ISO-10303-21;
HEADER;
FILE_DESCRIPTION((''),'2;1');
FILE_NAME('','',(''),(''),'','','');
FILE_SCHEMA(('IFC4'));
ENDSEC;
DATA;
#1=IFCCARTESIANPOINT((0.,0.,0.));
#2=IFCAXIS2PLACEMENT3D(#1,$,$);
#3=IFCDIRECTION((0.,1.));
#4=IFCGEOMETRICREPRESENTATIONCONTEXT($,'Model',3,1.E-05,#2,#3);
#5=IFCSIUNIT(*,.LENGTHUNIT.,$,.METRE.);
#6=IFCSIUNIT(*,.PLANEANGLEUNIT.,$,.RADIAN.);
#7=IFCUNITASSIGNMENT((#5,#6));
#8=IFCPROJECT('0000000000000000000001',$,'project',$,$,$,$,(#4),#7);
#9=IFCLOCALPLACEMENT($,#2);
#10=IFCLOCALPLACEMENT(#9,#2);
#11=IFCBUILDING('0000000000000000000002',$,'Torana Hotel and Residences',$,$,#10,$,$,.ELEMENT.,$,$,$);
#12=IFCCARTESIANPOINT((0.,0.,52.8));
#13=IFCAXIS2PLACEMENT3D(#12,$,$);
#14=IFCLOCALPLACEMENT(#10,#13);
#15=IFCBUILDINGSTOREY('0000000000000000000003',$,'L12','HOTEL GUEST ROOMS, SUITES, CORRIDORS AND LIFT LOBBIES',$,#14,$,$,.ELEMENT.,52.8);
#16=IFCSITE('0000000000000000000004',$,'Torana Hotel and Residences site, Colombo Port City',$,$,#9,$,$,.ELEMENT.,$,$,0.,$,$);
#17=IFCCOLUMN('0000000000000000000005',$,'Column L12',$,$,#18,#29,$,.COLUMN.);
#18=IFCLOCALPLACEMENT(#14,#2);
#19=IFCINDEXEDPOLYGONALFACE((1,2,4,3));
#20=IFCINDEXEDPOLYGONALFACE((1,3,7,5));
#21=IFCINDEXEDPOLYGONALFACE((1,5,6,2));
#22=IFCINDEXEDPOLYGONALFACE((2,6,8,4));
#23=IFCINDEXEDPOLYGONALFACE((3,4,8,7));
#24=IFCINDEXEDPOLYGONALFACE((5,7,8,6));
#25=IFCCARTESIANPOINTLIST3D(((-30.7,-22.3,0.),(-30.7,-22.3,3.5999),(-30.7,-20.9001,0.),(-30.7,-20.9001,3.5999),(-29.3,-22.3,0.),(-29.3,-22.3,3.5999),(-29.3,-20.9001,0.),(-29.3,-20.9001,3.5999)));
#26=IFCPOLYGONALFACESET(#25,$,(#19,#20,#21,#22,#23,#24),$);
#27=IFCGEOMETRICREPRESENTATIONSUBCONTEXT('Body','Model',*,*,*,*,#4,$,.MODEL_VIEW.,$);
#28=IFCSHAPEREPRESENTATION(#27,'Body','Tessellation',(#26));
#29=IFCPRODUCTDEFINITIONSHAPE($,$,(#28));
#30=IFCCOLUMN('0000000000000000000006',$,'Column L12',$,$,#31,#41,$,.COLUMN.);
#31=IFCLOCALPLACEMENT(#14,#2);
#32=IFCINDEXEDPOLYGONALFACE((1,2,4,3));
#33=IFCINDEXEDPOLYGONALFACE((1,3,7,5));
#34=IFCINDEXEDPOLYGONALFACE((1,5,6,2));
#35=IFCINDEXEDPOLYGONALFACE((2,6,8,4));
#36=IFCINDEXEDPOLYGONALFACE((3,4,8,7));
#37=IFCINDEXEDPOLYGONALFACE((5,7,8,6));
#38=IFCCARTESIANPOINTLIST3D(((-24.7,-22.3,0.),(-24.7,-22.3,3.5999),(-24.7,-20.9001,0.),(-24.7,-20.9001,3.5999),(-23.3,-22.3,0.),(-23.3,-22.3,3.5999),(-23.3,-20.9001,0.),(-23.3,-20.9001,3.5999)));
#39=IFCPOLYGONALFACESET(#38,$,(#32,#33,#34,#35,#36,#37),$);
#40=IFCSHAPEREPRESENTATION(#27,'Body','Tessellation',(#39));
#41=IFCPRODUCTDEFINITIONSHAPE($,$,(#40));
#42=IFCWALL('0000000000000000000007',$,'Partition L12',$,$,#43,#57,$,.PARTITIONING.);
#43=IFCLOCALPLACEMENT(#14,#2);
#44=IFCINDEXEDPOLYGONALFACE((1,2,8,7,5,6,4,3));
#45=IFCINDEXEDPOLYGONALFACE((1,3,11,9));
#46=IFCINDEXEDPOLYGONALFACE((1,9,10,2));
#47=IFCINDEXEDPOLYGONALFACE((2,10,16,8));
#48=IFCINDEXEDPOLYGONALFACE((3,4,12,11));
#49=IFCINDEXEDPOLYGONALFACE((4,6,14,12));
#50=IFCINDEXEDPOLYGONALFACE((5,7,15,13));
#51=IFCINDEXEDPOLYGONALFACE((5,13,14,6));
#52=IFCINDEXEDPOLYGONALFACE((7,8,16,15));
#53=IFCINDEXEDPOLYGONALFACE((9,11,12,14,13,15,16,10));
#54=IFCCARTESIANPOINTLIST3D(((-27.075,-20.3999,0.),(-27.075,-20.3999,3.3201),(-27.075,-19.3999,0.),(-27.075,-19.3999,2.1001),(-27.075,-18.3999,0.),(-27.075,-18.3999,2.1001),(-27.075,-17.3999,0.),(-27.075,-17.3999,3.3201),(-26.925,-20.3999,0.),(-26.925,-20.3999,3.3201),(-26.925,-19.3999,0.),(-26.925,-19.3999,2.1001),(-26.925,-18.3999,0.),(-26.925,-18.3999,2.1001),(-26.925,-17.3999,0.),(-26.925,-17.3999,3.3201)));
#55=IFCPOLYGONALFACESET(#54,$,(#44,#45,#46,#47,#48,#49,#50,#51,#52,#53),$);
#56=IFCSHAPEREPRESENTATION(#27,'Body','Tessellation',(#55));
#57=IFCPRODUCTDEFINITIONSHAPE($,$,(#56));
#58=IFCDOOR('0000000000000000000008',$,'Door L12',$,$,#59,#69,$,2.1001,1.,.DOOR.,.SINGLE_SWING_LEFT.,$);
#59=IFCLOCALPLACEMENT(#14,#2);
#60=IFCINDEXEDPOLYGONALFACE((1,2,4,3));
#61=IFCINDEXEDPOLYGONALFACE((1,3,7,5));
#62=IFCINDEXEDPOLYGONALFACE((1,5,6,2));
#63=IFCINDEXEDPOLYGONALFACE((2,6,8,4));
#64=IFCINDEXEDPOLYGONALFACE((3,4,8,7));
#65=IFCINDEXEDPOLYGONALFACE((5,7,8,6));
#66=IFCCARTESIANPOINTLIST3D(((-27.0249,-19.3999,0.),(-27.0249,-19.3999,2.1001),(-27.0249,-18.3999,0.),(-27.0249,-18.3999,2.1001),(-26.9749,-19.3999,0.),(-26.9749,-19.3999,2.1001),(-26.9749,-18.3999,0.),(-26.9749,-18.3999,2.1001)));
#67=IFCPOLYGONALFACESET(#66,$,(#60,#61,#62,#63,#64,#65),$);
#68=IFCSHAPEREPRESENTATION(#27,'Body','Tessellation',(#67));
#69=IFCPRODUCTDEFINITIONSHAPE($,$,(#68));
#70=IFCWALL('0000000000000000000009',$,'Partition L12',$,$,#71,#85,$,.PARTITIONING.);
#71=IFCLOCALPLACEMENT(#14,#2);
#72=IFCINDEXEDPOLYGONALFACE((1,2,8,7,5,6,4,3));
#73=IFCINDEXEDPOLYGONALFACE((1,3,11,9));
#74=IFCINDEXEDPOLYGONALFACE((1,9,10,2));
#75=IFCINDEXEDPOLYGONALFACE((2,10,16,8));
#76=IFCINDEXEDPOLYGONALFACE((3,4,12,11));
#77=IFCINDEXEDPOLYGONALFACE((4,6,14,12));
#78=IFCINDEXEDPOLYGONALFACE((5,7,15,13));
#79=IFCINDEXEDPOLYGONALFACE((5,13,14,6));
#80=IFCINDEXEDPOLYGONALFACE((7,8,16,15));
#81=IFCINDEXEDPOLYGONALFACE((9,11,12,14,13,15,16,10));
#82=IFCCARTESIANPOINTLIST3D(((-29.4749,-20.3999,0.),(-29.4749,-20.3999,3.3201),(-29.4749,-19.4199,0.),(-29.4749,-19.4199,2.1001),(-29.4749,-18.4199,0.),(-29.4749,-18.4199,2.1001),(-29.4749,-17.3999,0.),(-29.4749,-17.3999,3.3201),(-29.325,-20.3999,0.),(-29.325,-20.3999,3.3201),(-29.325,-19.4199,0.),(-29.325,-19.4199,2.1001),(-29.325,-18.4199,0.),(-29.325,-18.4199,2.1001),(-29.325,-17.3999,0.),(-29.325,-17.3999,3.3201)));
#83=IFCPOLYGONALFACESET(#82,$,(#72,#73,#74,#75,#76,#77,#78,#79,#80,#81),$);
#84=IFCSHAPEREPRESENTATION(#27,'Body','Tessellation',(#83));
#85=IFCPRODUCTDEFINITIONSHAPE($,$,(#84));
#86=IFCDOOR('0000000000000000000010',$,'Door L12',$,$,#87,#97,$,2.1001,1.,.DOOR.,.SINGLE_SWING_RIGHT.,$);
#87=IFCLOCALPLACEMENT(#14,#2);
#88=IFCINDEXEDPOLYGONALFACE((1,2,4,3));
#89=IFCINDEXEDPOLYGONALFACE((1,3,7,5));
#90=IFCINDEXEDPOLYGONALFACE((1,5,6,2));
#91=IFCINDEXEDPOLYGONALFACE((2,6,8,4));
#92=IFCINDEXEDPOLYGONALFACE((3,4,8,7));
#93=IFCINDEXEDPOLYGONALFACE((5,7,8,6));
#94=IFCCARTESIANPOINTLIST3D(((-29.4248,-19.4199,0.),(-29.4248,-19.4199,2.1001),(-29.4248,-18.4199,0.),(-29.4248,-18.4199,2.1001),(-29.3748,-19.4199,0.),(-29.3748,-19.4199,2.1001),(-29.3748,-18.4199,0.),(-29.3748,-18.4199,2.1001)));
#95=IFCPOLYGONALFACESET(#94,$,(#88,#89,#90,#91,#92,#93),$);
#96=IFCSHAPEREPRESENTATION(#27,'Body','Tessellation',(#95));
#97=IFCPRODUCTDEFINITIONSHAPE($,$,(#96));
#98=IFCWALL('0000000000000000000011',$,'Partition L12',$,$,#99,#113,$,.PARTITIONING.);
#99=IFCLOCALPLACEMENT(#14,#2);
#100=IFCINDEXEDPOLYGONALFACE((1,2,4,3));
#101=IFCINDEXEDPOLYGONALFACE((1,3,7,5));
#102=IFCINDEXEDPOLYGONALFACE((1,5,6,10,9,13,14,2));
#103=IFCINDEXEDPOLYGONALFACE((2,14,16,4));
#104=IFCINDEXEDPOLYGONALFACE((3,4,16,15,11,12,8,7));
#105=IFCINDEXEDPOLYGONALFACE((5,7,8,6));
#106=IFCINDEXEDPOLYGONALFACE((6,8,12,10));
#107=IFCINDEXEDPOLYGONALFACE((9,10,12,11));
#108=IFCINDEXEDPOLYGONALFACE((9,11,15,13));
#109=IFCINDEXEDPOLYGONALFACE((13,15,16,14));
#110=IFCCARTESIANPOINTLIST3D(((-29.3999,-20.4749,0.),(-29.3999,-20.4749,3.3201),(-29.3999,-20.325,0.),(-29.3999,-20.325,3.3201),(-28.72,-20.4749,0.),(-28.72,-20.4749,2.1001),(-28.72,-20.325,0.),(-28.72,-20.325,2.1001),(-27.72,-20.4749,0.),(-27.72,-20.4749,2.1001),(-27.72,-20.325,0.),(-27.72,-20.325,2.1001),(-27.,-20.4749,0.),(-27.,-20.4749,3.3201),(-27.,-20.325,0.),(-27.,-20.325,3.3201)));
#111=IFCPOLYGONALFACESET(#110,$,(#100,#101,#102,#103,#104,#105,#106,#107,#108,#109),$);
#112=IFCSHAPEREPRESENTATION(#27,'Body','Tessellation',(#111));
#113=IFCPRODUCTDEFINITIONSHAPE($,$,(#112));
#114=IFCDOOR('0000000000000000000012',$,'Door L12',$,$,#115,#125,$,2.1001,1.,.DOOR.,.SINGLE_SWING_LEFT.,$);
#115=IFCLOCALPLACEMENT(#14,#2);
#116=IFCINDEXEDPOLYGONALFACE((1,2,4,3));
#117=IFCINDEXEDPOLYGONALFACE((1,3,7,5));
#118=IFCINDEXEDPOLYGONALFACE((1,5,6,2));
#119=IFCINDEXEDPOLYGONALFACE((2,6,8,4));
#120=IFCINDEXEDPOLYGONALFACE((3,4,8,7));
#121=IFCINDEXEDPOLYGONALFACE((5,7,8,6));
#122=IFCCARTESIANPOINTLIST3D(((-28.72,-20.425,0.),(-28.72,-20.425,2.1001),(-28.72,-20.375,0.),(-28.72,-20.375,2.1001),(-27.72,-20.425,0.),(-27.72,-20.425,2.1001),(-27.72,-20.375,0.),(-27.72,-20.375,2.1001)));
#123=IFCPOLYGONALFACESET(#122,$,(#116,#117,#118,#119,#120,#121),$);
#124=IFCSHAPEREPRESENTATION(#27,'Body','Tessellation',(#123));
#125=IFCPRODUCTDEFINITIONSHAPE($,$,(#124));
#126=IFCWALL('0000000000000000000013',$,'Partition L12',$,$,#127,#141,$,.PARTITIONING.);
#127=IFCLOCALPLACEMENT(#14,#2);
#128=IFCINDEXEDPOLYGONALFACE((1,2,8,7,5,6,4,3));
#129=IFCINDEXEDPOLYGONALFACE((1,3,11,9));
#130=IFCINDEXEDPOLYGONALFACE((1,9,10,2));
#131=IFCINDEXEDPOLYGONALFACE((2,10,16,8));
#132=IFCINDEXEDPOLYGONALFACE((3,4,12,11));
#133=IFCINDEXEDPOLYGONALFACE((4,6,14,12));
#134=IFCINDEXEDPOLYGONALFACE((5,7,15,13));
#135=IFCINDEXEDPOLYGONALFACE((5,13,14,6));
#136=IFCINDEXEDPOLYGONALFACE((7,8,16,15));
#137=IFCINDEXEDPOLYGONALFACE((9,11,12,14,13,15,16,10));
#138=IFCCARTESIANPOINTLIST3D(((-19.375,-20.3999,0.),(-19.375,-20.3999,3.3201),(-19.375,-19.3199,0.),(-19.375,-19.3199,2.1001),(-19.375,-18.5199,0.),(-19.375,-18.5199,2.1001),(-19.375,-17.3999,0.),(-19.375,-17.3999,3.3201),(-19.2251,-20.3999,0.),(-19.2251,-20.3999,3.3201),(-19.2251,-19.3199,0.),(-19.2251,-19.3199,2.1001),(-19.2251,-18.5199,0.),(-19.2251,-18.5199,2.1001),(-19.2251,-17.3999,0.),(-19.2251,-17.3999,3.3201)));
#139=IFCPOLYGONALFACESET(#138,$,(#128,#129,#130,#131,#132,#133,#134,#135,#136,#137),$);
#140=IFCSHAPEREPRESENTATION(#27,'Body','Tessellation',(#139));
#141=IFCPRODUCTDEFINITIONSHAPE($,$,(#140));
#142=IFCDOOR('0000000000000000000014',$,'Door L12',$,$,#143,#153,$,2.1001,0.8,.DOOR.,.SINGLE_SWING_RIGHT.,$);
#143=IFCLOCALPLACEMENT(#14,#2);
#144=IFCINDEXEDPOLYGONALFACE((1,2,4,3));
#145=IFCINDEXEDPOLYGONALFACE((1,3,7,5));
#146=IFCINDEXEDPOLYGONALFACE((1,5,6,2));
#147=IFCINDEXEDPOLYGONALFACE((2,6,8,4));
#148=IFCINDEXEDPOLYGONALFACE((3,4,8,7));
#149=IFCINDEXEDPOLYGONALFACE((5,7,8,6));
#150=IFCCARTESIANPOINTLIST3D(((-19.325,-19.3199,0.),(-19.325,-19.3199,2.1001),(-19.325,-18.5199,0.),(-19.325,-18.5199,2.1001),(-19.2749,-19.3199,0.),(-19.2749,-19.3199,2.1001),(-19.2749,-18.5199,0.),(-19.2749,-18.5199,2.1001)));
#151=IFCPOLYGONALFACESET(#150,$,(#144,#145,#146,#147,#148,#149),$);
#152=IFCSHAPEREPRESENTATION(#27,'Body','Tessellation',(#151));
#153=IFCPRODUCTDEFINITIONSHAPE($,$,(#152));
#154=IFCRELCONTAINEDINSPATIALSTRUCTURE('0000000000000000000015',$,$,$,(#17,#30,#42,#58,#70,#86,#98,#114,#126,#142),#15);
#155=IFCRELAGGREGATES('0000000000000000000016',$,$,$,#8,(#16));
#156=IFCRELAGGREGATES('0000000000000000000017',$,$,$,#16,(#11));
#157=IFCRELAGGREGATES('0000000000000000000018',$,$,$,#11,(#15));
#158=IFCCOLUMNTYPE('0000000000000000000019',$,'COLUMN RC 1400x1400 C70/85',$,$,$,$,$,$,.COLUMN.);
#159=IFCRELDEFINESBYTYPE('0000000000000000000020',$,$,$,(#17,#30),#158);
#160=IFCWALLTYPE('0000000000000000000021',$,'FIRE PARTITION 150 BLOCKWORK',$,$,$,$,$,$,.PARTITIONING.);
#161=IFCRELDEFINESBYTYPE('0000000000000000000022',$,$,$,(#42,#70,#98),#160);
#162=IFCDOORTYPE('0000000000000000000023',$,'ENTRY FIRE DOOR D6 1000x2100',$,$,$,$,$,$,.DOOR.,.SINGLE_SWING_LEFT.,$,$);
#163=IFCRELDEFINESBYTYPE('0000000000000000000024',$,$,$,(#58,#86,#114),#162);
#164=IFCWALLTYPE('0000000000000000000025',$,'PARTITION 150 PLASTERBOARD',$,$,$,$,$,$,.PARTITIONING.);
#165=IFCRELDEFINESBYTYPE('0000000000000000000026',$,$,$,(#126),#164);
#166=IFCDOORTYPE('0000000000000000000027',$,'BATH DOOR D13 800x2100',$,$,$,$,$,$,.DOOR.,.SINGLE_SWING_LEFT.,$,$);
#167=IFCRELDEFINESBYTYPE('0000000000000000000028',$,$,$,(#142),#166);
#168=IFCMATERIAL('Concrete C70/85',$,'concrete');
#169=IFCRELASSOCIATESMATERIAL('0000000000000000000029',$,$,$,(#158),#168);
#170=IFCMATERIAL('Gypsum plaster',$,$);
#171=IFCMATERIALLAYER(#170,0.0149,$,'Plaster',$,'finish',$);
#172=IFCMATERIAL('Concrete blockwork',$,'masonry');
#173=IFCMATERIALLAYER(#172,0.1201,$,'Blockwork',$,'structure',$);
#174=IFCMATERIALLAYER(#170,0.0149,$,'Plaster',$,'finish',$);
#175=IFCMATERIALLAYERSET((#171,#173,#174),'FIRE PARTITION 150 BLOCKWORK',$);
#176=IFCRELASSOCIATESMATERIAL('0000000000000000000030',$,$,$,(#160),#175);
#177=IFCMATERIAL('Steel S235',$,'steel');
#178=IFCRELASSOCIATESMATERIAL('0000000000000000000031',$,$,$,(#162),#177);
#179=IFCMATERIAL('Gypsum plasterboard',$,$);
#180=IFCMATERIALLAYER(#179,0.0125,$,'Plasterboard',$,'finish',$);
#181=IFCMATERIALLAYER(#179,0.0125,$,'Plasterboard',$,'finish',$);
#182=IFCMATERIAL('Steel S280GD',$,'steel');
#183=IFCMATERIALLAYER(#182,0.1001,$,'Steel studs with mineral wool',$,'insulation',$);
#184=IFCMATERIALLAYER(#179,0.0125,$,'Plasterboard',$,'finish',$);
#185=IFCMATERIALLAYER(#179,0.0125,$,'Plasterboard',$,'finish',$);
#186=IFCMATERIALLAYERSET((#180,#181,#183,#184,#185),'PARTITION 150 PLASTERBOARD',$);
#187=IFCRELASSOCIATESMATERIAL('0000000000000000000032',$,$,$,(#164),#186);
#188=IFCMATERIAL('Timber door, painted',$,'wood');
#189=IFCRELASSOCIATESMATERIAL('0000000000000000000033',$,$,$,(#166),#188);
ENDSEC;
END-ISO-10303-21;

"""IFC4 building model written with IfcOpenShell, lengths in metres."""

from ifc_helpers import new_model, si_unit, direction, frame, frame_2d, origin, origin_2d, place, context, subcontext, project, spatial, rectangle, extrude, material, layer, layer_set, material_profile, profile_set, type_object, element, fill, save


model = new_model("IFC4")

# Units and contexts
model_context = context("Model", 3, precision=1e-05, world=origin(), true_north=direction((0.0, 1.0)))
body_context = subcontext(model_context, "Body", "Model", "MODEL_VIEW")
ifc_project = project(units=[si_unit("LENGTHUNIT", "METRE"), si_unit("PLANEANGLEUNIT", "RADIAN")], contexts=[model_context])

# Site, building, storey
site_placement = place(None, origin())
site = spatial("IfcSite", under=ifc_project, at=site_placement, Name="Torana Hotel and Residences site, Colombo Port City", CompositionType="ELEMENT", RefElevation=0.0)
building_placement = place(site_placement, origin())
building = spatial("IfcBuilding", under=site, at=building_placement, Name="Torana Hotel and Residences", CompositionType="ELEMENT")
storey_placement = place(building_placement, frame((0.0, 0.0, 52.8)))
storey = spatial("IfcBuildingStorey", under=building, at=storey_placement, Name="L12", Description="HOTEL GUEST ROOMS, SUITES, CORRIDORS AND LIFT LOBBIES", CompositionType="ELEMENT", Elevation=52.8)

# Columns
ifc_material_1 = material(Name="Concrete C70/85", Category="concrete")
ifc_material_profile = material_profile(ifc_material_1, rectangle(XDim=1.3999, YDim=1.3999, at=origin_2d()), Name="RC 1400x1400")
ifc_profile_set = profile_set([ifc_material_profile], Name="Concrete C70/85")
column_type = type_object("IfcColumnType", Name="COLUMN RC 1400x1400 C70/85", PredefinedType="COLUMN", material=ifc_profile_set)
for number, where, z_axis, x_axis, name in (
    (1, (-30.0, -21.6001, 0.0), (0.0, 0.0, 1.0), (1.0, 0.0, 0.0), "Column L12"),
    (2, (-24.0, -21.6001, 0.0), (0.0, 0.0, 1.0), (1.0, 0.0, 0.0), "Column L12"),
):
    element("IfcColumn", number, at=place(storey_placement, frame(where, z_axis=z_axis, x_axis=x_axis)), inside=storey, type_object=column_type, Name=name, PredefinedType="COLUMN", context=body_context, shape_type="SweptSolid", body=[
        extrude(rectangle(XDim=1.3999, YDim=1.3999, at=origin_2d()), origin(), (0.0, 0.0, 1.0), 3.5999),
    ])

# Walls, openings, doors
ifc_material_2 = material(Name="Gypsum plaster")
ifc_layer_1 = layer(ifc_material_2, 0.0149, Name="Plaster", Category="finish")
ifc_material_3 = material(Name="Concrete blockwork", Category="masonry")
ifc_layer_2 = layer(ifc_material_3, 0.1201, Name="Blockwork", Category="structure")
ifc_layer_3 = layer(ifc_material_2, 0.0149, Name="Plaster", Category="finish")
ifc_layer_set_1 = layer_set([ifc_layer_1, ifc_layer_2, ifc_layer_3], Name="FIRE PARTITION 150 BLOCKWORK")
wall_type_1 = type_object("IfcWallType", Name="FIRE PARTITION 150 BLOCKWORK", PredefinedType="PARTITIONING", material=ifc_layer_set_1)
wall_1_placement = place(storey_placement, frame((-27.0, -20.3999, 0.0), z_axis=(0.0, 0.0, 1.0), x_axis=(0.0, 1.0, 0.0)))
wall_1 = element("IfcWall", 3, at=wall_1_placement, inside=storey, type_object=wall_type_1, Name="Partition L12", PredefinedType="PARTITIONING", context=body_context, shape_type="SweptSolid", body=[
    extrude(rectangle(XDim=3.0, YDim=0.1499, at=frame_2d((1.5, 0.0))), origin(), (0.0, 0.0, 1.0), 3.3201),
])
opening_1_placement = place(wall_1_placement, frame((1.0, 0.0, 0.0)))
opening_1 = element("IfcOpeningElement", 4, at=opening_1_placement, cuts=wall_1, PredefinedType="OPENING", context=body_context, shape_type="SweptSolid", body=[
    extrude(rectangle(XDim=1.0, YDim=2.1001, at=frame_2d((0.5, 1.05))), frame((0.0, 0.085, 0.0), z_axis=(0.0, -1.0, 0.0), x_axis=(1.0, 0.0, 0.0)), (0.0, 0.0, 1.0), 0.1699),
])
ifc_material_4 = material(Name="Steel S235", Category="steel")
door_type_1 = type_object("IfcDoorType", Name="ENTRY FIRE DOOR D6 1000x2100", OperationType="SINGLE_SWING_LEFT", PredefinedType="DOOR", material=ifc_material_4)
door_1_placement = place(opening_1_placement, frame((0.5, 0.0, 0.0), z_axis=(0.0, 0.0, 1.0), x_axis=(-1.0, 0.0, 0.0)))
door_1 = element("IfcDoor", 5, at=door_1_placement, inside=storey, type_object=door_type_1, Name="Door L12", OperationType="SINGLE_SWING_LEFT", OverallHeight=2.1001, OverallWidth=1.0, PredefinedType="DOOR", context=body_context, shape_type="SweptSolid", body=[
    extrude(rectangle(XDim=1.0, YDim=2.1001, at=frame_2d((0.0, 1.05))), frame((0.0, -0.0249, 0.0), z_axis=(0.0, 1.0, 0.0), x_axis=(-1.0, 0.0, 0.0)), (0.0, 0.0, 1.0), 0.05),
])
fill(opening_1, door_1)
wall_2_placement = place(storey_placement, frame((-29.3999, -20.3999, 0.0), z_axis=(0.0, 0.0, 1.0), x_axis=(0.0, 1.0, 0.0)))
wall_2 = element("IfcWall", 6, at=wall_2_placement, inside=storey, type_object=wall_type_1, Name="Partition L12", PredefinedType="PARTITIONING", context=body_context, shape_type="SweptSolid", body=[
    extrude(rectangle(XDim=3.0, YDim=0.1499, at=frame_2d((1.5, 0.0))), origin(), (0.0, 0.0, 1.0), 3.3201),
])
opening_2_placement = place(wall_2_placement, frame((0.98, 0.0, 0.0)))
opening_2 = element("IfcOpeningElement", 7, at=opening_2_placement, cuts=wall_2, PredefinedType="OPENING", context=body_context, shape_type="SweptSolid", body=[
    extrude(rectangle(XDim=1.0, YDim=2.1001, at=frame_2d((0.5, 1.05))), frame((0.0, 0.085, 0.0), z_axis=(0.0, -1.0, 0.0), x_axis=(1.0, 0.0, 0.0)), (0.0, 0.0, 1.0), 0.1699),
])
door_2_placement = place(opening_2_placement, origin())
door_2 = element("IfcDoor", 8, at=door_2_placement, inside=storey, type_object=door_type_1, Name="Door L12", OperationType="SINGLE_SWING_RIGHT", OverallHeight=2.1001, OverallWidth=1.0, PredefinedType="DOOR", context=body_context, shape_type="SweptSolid", body=[
    extrude(rectangle(XDim=1.0, YDim=2.1001, at=frame_2d((0.5, 1.05))), frame((0.0, 0.0249, 0.0), z_axis=(0.0, -1.0, 0.0), x_axis=(1.0, 0.0, 0.0)), (0.0, 0.0, 1.0), 0.05),
])
fill(opening_2, door_2)
wall_3_placement = place(storey_placement, frame((-29.3999, -20.3999, 0.0), z_axis=(0.0, 0.0, 1.0), x_axis=(1.0, 0.0, 0.0)))
wall_3 = element("IfcWall", 9, at=wall_3_placement, inside=storey, type_object=wall_type_1, Name="Partition L12", PredefinedType="PARTITIONING", context=body_context, shape_type="SweptSolid", body=[
    extrude(rectangle(XDim=2.3999, YDim=0.1499, at=frame_2d((1.2, 0.0))), origin(), (0.0, 0.0, 1.0), 3.3201),
])
opening_3_placement = place(wall_3_placement, frame((0.6799, 0.0, 0.0)))
opening_3 = element("IfcOpeningElement", 10, at=opening_3_placement, cuts=wall_3, PredefinedType="OPENING", context=body_context, shape_type="SweptSolid", body=[
    extrude(rectangle(XDim=1.0, YDim=2.1001, at=frame_2d((0.5, 1.05))), frame((0.0, 0.085, 0.0), z_axis=(0.0, -1.0, 0.0), x_axis=(1.0, 0.0, 0.0)), (0.0, 0.0, 1.0), 0.1699),
])
door_3_placement = place(opening_3_placement, frame((0.5, 0.0, 0.0), z_axis=(0.0, 0.0, 1.0), x_axis=(-1.0, 0.0, 0.0)))
door_3 = element("IfcDoor", 11, at=door_3_placement, inside=storey, type_object=door_type_1, Name="Door L12", OperationType="SINGLE_SWING_LEFT", OverallHeight=2.1001, OverallWidth=1.0, PredefinedType="DOOR", context=body_context, shape_type="SweptSolid", body=[
    extrude(rectangle(XDim=1.0, YDim=2.1001, at=frame_2d((0.0, 1.05))), frame((0.0, -0.0249, 0.0), z_axis=(0.0, 1.0, 0.0), x_axis=(-1.0, 0.0, 0.0)), (0.0, 0.0, 1.0), 0.05),
])
fill(opening_3, door_3)
ifc_material_5 = material(Name="Gypsum plasterboard")
ifc_layer_4 = layer(ifc_material_5, 0.0125, Name="Plasterboard", Category="finish")
ifc_layer_5 = layer(ifc_material_5, 0.0125, Name="Plasterboard", Category="finish")
ifc_material_6 = material(Name="Steel S280GD", Category="steel")
ifc_layer_6 = layer(ifc_material_6, 0.1001, Name="Steel studs with mineral wool", Category="insulation")
ifc_layer_7 = layer(ifc_material_5, 0.0125, Name="Plasterboard", Category="finish")
ifc_layer_8 = layer(ifc_material_5, 0.0125, Name="Plasterboard", Category="finish")
ifc_layer_set_2 = layer_set([ifc_layer_4, ifc_layer_5, ifc_layer_6, ifc_layer_7, ifc_layer_8], Name="PARTITION 150 PLASTERBOARD")
wall_type_2 = type_object("IfcWallType", Name="PARTITION 150 PLASTERBOARD", PredefinedType="PARTITIONING", material=ifc_layer_set_2)
wall_4_placement = place(storey_placement, frame((-19.3, -20.3999, 0.0), z_axis=(0.0, 0.0, 1.0), x_axis=(0.0, 1.0, 0.0)))
wall_4 = element("IfcWall", 12, at=wall_4_placement, inside=storey, type_object=wall_type_2, Name="Partition L12", PredefinedType="PARTITIONING", context=body_context, shape_type="SweptSolid", body=[
    extrude(rectangle(XDim=3.0, YDim=0.1499, at=frame_2d((1.5, 0.0))), origin(), (0.0, 0.0, 1.0), 3.3201),
])
opening_4_placement = place(wall_4_placement, frame((1.0801, 0.0, 0.0)))
opening_4 = element("IfcOpeningElement", 13, at=opening_4_placement, cuts=wall_4, PredefinedType="OPENING", context=body_context, shape_type="SweptSolid", body=[
    extrude(rectangle(XDim=0.8, YDim=2.1001, at=frame_2d((0.3999, 1.05))), frame((0.0, 0.085, 0.0), z_axis=(0.0, -1.0, 0.0), x_axis=(1.0, 0.0, 0.0)), (0.0, 0.0, 1.0), 0.1699),
])
ifc_material_7 = material(Name="Timber door, painted", Category="wood")
door_type_2 = type_object("IfcDoorType", Name="BATH DOOR D13 800x2100", OperationType="SINGLE_SWING_LEFT", PredefinedType="DOOR", material=ifc_material_7)
door_4_placement = place(opening_4_placement, origin())
door_4 = element("IfcDoor", 14, at=door_4_placement, inside=storey, type_object=door_type_2, Name="Door L12", OperationType="SINGLE_SWING_RIGHT", OverallHeight=2.1001, OverallWidth=0.8, PredefinedType="DOOR", context=body_context, shape_type="SweptSolid", body=[
    extrude(rectangle(XDim=0.8, YDim=2.1001, at=frame_2d((0.3999, 1.05))), frame((0.0, 0.0249, 0.0), z_axis=(0.0, -1.0, 0.0), x_axis=(1.0, 0.0, 0.0)), (0.0, 0.0, 1.0), 0.05),
])
fill(opening_4, door_4)

save(model, "model.ifc")
